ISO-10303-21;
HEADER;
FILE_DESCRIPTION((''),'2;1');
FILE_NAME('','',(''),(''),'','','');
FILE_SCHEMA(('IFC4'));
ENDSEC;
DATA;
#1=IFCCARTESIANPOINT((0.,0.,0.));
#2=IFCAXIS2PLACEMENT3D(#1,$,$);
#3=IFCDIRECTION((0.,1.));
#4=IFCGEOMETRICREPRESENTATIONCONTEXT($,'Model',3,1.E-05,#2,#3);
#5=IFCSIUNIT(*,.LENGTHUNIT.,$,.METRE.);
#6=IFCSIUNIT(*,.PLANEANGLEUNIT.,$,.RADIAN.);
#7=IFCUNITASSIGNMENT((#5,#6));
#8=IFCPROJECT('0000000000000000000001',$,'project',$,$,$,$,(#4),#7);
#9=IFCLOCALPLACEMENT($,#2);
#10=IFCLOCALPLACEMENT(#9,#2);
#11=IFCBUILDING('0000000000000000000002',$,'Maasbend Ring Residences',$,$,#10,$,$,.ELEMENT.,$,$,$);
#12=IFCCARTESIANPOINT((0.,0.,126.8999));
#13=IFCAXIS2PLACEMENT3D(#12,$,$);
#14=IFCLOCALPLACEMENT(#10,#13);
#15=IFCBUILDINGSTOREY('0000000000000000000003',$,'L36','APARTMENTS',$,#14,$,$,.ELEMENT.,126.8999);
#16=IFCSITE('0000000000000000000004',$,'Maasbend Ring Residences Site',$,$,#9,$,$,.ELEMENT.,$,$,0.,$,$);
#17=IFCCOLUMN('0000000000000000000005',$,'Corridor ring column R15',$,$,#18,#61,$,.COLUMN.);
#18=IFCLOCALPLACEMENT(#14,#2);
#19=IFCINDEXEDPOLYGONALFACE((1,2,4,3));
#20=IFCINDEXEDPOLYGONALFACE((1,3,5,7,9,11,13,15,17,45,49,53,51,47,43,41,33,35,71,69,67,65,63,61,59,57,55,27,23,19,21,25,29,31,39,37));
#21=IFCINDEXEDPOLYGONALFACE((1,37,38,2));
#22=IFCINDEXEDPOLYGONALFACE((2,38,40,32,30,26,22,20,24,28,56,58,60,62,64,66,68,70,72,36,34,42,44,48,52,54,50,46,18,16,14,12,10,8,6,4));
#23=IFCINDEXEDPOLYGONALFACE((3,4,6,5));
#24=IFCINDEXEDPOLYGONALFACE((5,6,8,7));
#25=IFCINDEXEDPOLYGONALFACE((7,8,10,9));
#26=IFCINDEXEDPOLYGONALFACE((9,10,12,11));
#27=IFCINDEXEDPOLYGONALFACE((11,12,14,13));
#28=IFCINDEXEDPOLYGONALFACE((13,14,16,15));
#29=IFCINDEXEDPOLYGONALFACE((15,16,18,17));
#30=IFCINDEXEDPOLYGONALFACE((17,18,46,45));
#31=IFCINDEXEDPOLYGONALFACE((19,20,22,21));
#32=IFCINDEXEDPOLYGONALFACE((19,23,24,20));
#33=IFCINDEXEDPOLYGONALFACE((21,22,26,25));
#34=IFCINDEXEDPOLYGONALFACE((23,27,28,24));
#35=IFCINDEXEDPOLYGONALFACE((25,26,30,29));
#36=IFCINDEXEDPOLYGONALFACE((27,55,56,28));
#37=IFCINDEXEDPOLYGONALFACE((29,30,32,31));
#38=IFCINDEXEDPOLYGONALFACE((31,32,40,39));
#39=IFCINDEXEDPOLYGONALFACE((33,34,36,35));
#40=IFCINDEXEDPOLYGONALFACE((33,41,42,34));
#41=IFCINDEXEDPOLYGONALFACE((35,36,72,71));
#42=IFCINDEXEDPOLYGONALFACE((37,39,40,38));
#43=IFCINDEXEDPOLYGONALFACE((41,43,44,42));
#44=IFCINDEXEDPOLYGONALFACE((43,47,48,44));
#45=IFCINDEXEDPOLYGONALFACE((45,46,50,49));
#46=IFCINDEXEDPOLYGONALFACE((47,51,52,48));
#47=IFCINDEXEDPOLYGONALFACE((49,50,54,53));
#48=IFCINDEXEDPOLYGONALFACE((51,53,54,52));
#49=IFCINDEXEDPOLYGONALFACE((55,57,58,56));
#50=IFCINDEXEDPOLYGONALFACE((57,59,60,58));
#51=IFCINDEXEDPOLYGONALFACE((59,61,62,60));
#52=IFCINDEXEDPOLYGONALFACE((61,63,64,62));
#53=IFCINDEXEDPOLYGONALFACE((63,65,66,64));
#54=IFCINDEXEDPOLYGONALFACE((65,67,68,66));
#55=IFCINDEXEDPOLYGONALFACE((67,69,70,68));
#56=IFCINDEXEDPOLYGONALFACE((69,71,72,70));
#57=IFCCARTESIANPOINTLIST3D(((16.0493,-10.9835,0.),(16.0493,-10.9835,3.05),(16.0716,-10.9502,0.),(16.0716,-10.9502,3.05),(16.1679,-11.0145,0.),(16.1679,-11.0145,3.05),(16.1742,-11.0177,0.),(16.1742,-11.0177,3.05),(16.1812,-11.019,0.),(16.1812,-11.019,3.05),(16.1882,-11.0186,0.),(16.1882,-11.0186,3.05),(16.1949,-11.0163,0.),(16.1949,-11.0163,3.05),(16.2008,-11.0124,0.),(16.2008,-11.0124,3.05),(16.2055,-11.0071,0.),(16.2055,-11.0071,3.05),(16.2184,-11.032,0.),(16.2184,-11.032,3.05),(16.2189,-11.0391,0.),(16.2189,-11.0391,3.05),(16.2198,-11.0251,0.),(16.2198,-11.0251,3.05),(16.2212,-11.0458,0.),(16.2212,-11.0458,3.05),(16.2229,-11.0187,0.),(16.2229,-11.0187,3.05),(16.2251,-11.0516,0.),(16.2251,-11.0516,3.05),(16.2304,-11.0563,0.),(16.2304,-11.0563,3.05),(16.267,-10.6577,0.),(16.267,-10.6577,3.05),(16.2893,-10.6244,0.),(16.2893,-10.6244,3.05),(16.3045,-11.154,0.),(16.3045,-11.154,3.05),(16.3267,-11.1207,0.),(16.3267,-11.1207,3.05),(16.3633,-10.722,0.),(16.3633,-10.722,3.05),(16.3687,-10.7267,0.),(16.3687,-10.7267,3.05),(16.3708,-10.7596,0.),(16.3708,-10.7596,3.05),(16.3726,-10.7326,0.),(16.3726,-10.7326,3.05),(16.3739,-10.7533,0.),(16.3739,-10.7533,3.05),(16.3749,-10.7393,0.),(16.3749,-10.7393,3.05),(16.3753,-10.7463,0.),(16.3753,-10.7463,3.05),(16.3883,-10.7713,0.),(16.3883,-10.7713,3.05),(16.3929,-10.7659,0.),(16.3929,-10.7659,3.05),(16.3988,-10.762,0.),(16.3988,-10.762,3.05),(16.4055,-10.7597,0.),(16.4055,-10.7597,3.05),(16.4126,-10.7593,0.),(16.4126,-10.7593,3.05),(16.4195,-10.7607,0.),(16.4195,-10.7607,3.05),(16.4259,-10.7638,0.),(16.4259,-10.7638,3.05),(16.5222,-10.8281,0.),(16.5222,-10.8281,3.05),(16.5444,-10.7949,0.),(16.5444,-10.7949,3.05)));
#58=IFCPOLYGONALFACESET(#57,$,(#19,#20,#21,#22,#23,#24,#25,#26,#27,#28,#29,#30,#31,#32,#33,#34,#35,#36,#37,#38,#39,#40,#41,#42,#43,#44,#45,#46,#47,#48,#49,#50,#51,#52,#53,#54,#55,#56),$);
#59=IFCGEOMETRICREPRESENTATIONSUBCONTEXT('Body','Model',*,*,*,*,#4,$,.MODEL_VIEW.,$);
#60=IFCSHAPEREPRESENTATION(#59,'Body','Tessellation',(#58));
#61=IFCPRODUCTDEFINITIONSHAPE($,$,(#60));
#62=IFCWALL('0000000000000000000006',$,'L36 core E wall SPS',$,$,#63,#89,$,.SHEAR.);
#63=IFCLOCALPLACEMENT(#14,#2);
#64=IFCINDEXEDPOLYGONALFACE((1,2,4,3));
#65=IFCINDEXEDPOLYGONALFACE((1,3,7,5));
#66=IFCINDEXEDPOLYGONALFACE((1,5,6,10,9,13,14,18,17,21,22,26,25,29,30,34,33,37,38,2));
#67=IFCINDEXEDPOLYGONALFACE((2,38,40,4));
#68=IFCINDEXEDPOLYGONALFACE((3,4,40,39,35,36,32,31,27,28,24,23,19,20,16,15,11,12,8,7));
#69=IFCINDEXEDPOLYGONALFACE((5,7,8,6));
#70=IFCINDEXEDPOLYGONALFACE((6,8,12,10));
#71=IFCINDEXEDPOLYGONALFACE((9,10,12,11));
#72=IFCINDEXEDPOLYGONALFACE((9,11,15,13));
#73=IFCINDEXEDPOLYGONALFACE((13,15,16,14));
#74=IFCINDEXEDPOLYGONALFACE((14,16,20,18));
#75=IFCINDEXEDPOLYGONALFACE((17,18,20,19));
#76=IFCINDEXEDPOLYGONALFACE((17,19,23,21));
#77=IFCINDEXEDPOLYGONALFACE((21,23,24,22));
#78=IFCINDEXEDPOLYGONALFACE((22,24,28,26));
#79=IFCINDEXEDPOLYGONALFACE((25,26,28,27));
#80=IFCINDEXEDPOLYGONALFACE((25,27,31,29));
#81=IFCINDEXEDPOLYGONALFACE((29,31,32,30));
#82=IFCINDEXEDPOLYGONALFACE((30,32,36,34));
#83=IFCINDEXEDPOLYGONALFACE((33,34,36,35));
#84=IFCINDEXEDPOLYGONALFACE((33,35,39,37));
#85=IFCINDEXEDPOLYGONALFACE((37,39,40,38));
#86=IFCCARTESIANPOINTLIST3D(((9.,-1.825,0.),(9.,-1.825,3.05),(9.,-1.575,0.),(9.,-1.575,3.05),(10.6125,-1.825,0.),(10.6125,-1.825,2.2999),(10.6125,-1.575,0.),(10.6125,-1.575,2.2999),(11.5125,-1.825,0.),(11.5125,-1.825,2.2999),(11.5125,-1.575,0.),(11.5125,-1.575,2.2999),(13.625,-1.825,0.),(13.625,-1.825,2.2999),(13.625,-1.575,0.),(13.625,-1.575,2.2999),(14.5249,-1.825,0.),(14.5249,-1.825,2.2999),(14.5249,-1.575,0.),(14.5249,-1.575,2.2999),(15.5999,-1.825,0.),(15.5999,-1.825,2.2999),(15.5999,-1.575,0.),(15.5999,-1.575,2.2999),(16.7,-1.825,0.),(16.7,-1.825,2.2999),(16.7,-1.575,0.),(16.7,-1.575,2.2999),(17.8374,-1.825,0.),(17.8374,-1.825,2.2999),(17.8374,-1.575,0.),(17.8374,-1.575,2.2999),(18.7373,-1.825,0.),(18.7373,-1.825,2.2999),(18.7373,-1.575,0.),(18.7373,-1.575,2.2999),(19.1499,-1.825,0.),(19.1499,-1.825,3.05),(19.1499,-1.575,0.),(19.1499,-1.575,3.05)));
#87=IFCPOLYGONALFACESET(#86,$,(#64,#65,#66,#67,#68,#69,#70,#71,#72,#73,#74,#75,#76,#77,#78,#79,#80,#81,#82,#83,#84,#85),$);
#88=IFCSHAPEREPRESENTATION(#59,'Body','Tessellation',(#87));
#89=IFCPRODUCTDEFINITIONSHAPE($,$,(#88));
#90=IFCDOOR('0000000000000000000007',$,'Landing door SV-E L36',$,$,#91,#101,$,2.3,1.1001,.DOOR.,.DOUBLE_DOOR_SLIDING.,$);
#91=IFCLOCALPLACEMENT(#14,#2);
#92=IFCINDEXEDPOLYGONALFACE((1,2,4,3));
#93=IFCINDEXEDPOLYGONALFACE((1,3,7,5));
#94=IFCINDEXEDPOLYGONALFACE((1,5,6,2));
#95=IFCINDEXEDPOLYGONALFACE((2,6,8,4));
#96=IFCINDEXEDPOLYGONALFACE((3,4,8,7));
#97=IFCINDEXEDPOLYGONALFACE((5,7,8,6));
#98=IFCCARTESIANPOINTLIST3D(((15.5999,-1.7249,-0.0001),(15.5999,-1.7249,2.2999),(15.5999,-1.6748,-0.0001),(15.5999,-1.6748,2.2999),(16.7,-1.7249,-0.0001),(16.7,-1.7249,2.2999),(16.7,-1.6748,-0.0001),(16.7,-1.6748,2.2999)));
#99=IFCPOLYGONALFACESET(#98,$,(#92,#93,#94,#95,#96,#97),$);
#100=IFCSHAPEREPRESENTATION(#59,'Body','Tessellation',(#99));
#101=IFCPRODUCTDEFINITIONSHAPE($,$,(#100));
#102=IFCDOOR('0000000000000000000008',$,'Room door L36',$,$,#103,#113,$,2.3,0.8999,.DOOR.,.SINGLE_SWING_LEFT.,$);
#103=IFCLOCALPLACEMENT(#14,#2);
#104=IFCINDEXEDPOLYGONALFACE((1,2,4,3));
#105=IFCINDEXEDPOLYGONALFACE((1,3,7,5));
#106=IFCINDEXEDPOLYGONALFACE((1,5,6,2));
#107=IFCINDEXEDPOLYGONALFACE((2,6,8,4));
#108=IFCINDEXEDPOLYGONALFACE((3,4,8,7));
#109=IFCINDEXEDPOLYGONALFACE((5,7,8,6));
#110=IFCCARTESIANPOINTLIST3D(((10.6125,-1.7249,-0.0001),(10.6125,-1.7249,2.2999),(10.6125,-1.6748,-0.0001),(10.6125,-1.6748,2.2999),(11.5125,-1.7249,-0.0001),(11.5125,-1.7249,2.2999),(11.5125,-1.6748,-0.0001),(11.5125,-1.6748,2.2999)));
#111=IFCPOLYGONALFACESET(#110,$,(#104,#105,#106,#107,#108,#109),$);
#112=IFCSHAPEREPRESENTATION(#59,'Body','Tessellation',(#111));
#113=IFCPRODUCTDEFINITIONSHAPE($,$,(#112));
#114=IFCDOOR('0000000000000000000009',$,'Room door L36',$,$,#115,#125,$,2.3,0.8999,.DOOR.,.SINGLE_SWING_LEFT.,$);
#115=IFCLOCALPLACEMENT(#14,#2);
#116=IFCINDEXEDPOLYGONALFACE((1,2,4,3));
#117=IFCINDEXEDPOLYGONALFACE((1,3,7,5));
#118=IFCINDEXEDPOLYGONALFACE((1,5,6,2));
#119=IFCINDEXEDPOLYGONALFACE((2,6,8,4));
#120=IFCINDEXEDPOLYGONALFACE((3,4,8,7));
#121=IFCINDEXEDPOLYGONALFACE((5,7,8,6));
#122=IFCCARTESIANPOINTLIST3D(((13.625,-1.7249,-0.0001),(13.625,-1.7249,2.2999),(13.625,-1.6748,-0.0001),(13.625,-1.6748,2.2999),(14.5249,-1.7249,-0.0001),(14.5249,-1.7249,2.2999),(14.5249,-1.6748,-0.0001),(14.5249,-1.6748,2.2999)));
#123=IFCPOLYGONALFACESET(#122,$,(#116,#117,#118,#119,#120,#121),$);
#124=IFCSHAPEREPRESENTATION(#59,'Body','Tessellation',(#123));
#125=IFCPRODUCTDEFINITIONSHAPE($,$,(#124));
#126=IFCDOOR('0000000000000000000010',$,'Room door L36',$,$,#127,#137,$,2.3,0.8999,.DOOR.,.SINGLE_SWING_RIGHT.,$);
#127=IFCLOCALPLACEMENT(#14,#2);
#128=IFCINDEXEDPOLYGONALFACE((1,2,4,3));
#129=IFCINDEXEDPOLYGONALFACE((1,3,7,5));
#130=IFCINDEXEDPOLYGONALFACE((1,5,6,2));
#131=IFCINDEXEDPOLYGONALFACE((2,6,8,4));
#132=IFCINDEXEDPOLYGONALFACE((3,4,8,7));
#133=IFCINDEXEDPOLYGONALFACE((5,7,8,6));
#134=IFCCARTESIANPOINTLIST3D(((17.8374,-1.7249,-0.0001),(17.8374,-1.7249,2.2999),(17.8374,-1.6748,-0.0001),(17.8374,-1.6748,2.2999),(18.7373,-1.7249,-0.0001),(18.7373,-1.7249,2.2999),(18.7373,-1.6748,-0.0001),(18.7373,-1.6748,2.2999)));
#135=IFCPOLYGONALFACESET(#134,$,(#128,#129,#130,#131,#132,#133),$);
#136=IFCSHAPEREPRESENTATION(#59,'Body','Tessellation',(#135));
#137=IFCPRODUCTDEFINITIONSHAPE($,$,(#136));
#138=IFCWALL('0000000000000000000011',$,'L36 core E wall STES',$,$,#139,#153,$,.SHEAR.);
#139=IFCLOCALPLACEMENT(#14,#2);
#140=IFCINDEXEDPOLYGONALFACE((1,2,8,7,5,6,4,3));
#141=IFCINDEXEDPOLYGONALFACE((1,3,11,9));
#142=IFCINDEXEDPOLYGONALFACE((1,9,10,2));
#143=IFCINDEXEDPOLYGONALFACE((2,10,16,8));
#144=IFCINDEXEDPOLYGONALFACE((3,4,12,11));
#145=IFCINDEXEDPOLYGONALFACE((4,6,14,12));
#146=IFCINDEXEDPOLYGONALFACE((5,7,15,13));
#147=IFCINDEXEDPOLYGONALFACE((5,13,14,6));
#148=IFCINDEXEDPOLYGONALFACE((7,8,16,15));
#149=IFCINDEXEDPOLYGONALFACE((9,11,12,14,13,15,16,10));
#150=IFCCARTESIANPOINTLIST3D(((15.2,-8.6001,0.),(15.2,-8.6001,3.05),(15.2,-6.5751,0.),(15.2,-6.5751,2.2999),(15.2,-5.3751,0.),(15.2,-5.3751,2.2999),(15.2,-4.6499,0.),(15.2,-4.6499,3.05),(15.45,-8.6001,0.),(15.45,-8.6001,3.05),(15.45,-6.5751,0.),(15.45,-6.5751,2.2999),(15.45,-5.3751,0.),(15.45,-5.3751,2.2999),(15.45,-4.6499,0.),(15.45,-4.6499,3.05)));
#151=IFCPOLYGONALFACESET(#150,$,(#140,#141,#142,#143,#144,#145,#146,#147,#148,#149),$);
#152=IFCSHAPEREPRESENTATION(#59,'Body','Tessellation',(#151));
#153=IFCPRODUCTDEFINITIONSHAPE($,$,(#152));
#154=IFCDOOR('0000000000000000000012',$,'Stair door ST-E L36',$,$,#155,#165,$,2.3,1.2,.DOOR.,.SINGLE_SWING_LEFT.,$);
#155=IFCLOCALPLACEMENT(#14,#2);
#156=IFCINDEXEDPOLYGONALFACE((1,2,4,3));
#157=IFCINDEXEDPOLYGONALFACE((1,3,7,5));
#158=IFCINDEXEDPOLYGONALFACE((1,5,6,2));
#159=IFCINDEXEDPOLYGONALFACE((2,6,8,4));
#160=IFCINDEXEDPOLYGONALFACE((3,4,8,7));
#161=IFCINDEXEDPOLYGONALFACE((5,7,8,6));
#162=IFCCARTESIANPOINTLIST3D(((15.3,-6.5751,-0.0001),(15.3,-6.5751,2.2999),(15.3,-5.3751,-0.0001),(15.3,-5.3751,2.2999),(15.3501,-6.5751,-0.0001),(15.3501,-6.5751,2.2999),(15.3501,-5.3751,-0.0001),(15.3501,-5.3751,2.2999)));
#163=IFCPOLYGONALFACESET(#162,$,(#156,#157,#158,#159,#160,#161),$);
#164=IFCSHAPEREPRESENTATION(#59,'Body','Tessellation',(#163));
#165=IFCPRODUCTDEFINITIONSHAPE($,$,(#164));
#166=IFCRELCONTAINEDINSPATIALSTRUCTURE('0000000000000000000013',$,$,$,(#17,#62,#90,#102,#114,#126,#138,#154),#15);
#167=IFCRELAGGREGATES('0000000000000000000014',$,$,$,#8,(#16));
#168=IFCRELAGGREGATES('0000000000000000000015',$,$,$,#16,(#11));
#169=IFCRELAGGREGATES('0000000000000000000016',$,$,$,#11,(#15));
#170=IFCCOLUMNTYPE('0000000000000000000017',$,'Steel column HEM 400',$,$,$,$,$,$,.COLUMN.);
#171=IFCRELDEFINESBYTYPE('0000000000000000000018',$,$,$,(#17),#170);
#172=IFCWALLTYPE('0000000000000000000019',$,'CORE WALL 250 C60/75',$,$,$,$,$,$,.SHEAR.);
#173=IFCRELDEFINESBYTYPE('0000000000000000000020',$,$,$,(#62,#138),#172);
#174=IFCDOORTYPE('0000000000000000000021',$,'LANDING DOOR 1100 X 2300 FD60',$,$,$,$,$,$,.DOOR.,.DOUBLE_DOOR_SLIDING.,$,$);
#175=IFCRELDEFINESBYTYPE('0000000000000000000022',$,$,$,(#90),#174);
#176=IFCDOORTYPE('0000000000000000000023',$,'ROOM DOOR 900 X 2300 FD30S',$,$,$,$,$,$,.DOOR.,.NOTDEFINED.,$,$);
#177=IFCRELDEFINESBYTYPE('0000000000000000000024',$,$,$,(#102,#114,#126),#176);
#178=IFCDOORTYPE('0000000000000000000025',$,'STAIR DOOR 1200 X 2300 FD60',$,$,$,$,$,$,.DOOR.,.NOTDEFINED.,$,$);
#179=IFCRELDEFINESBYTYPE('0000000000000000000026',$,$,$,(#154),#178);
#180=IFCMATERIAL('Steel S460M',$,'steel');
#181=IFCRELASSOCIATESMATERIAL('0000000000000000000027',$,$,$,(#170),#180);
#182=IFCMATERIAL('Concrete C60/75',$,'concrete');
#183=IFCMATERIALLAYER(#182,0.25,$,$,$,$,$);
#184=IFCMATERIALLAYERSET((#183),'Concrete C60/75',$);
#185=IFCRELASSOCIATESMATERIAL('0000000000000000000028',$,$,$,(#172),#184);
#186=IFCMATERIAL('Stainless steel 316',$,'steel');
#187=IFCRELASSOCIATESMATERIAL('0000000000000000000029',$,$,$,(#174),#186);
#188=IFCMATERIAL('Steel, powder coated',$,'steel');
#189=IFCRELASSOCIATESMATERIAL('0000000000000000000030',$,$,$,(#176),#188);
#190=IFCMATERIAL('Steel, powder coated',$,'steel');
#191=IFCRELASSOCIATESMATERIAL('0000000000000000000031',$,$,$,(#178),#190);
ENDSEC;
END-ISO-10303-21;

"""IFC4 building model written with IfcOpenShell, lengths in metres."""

from ifc_helpers import new_model, si_unit, direction, frame, frame_2d, origin, origin_2d, place, context, subcontext, project, spatial, rectangle, i_section, extrude, material, layer, layer_set, material_profile, profile_set, type_object, element, fill, save


model = new_model("IFC4")

# Units and contexts
model_context = context("Model", 3, precision=1e-05, world=origin(), true_north=direction((0.0, 1.0)))
body_context = subcontext(model_context, "Body", "Model", "MODEL_VIEW")
ifc_project = project(units=[si_unit("LENGTHUNIT", "METRE"), si_unit("PLANEANGLEUNIT", "RADIAN")], contexts=[model_context])

# Site, building, storey
site_placement = place(None, origin())
site = spatial("IfcSite", under=ifc_project, at=site_placement, Name="Maasbend Ring Residences Site", CompositionType="ELEMENT", RefElevation=0.0)
building_placement = place(site_placement, origin())
building = spatial("IfcBuilding", under=site, at=building_placement, Name="Maasbend Ring Residences", CompositionType="ELEMENT")
storey_placement = place(building_placement, frame((0.0, 0.0, 126.8999)))
storey = spatial("IfcBuildingStorey", under=building, at=storey_placement, Name="L36", Description="APARTMENTS", CompositionType="ELEMENT", Elevation=126.8999)

# Column
ifc_material_1 = material(Name="Steel S460M", Category="steel")
ifc_material_profile = material_profile(ifc_material_1, i_section(OverallWidth=0.3069, OverallDepth=0.4319, WebThickness=0.021, FlangeThickness=0.04, FilletRadius=0.0271, at=origin_2d()), Name="HEM 400")
ifc_profile_set = profile_set([ifc_material_profile], Name="Steel S460M")
column_type = type_object("IfcColumnType", Name="Steel column HEM 400", PredefinedType="COLUMN", material=ifc_profile_set)
column_placement = place(storey_placement, frame((16.2969, -10.8892, 0.0), z_axis=(0.0, 0.0, 1.0), x_axis=(0.83147, -0.55557, 0.0)))
element("IfcColumn", 1, at=column_placement, inside=storey, type_object=column_type, Name="Corridor ring column R15", PredefinedType="COLUMN", context=body_context, shape_type="SweptSolid", body=[
    extrude(i_section(OverallWidth=0.3069, OverallDepth=0.4319, WebThickness=0.021, FlangeThickness=0.04, FilletRadius=0.0271, at=origin_2d()), origin(), (0.0, 0.0, 1.0), 3.05),
])

# Wall, openings, doors
ifc_material_2 = material(Name="Concrete C60/75", Category="concrete")
ifc_layer_1 = layer(ifc_material_2, 0.25)
ifc_layer_set_1 = layer_set([ifc_layer_1], Name="Concrete C60/75")
wall_type_1 = type_object("IfcWallType", Name="CORE WALL 250 C60/75", PredefinedType="SHEAR", material=ifc_layer_set_1)
wall_1_placement = place(storey_placement, frame((19.1499, -1.7, 0.0), z_axis=(0.0, 0.0, 1.0), x_axis=(-1.0, 0.0, 0.0)))
wall_1 = element("IfcWall", 2, at=wall_1_placement, inside=storey, type_object=wall_type_1, Name="L36 core E wall SPS", PredefinedType="SHEAR", context=body_context, shape_type="SweptSolid", body=[
    extrude(rectangle(XDim=10.1499, YDim=0.25, at=frame_2d((5.075, 0.0))), origin(), (0.0, 0.0, 1.0), 3.05),
])
opening_1_placement = place(wall_1_placement, frame((2.45, 0.0, 0.0)))
opening_1 = element("IfcOpeningElement", 3, at=opening_1_placement, cuts=wall_1, PredefinedType="OPENING", context=body_context, shape_type="SweptSolid", body=[
    extrude(rectangle(XDim=1.1001, YDim=2.3, at=frame_2d((0.55, 1.1499))), frame((0.0, 0.135, 0.0), z_axis=(0.0, -1.0, 0.0), x_axis=(1.0, 0.0, 0.0)), (0.0, 0.0, 1.0), 0.27),
])
opening_2_placement = place(wall_1_placement, frame((7.6375, 0.0, 0.0)))
opening_2 = element("IfcOpeningElement", 4, at=opening_2_placement, cuts=wall_1, PredefinedType="OPENING", context=body_context, shape_type="SweptSolid", body=[
    extrude(rectangle(XDim=0.8999, YDim=2.3, at=frame_2d((0.45, 1.1499))), frame((0.0, 0.135, 0.0), z_axis=(0.0, -1.0, 0.0), x_axis=(1.0, 0.0, 0.0)), (0.0, 0.0, 1.0), 0.27),
])
opening_3_placement = place(wall_1_placement, frame((4.625, 0.0, 0.0)))
opening_3 = element("IfcOpeningElement", 5, at=opening_3_placement, cuts=wall_1, PredefinedType="OPENING", context=body_context, shape_type="SweptSolid", body=[
    extrude(rectangle(XDim=0.8999, YDim=2.3, at=frame_2d((0.45, 1.1499))), frame((0.0, 0.135, 0.0), z_axis=(0.0, -1.0, 0.0), x_axis=(1.0, 0.0, 0.0)), (0.0, 0.0, 1.0), 0.27),
])
opening_4_placement = place(wall_1_placement, frame((0.4126, 0.0, 0.0)))
opening_4 = element("IfcOpeningElement", 6, at=opening_4_placement, cuts=wall_1, PredefinedType="OPENING", context=body_context, shape_type="SweptSolid", body=[
    extrude(rectangle(XDim=0.8999, YDim=2.3, at=frame_2d((0.45, 1.1499))), frame((0.0, 0.135, 0.0), z_axis=(0.0, -1.0, 0.0), x_axis=(1.0, 0.0, 0.0)), (0.0, 0.0, 1.0), 0.27),
])
ifc_material_3 = material(Name="Stainless steel 316", Category="steel")
door_type_1 = type_object("IfcDoorType", Name="LANDING DOOR 1100 X 2300 FD60", OperationType="DOUBLE_DOOR_SLIDING", PredefinedType="DOOR", material=ifc_material_3)
door_1_placement = place(opening_1_placement, origin())
door_1 = element("IfcDoor", 7, at=door_1_placement, inside=storey, type_object=door_type_1, Name="Landing door SV-E L36", OperationType="DOUBLE_DOOR_SLIDING", OverallHeight=2.3, OverallWidth=1.1001, PredefinedType="DOOR", context=body_context, shape_type="SweptSolid", body=[
    extrude(rectangle(XDim=1.1001, YDim=2.3, at=frame_2d((0.55, 1.1499))), frame((0.0, 0.0249, 0.0), z_axis=(0.0, -1.0, 0.0), x_axis=(1.0, 0.0, 0.0)), (0.0, 0.0, 1.0), 0.05),
])
fill(opening_1, door_1)
ifc_material_4 = material(Name="Steel, powder coated", Category="steel")
door_type_2 = type_object("IfcDoorType", Name="ROOM DOOR 900 X 2300 FD30S", OperationType="NOTDEFINED", PredefinedType="DOOR", material=ifc_material_4)
door_2_placement = place(opening_2_placement, origin())
door_2 = element("IfcDoor", 8, at=door_2_placement, inside=storey, type_object=door_type_2, Name="Room door L36", OperationType="SINGLE_SWING_LEFT", OverallHeight=2.3, OverallWidth=0.8999, PredefinedType="DOOR", context=body_context, shape_type="SweptSolid", body=[
    extrude(rectangle(XDim=0.8999, YDim=2.3, at=frame_2d((0.45, 1.1499))), frame((0.0, 0.0249, 0.0), z_axis=(0.0, -1.0, 0.0), x_axis=(1.0, 0.0, 0.0)), (0.0, 0.0, 1.0), 0.05),
])
fill(opening_2, door_2)
door_3_placement = place(opening_3_placement, origin())
door_3 = element("IfcDoor", 9, at=door_3_placement, inside=storey, type_object=door_type_2, Name="Room door L36", OperationType="SINGLE_SWING_LEFT", OverallHeight=2.3, OverallWidth=0.8999, PredefinedType="DOOR", context=body_context, shape_type="SweptSolid", body=[
    extrude(rectangle(XDim=0.8999, YDim=2.3, at=frame_2d((0.45, 1.1499))), frame((0.0, 0.0249, 0.0), z_axis=(0.0, -1.0, 0.0), x_axis=(1.0, 0.0, 0.0)), (0.0, 0.0, 1.0), 0.05),
])
fill(opening_3, door_3)
door_4_placement = place(opening_4_placement, origin())
door_4 = element("IfcDoor", 10, at=door_4_placement, inside=storey, type_object=door_type_2, Name="Room door L36", OperationType="SINGLE_SWING_RIGHT", OverallHeight=2.3, OverallWidth=0.8999, PredefinedType="DOOR", context=body_context, shape_type="SweptSolid", body=[
    extrude(rectangle(XDim=0.8999, YDim=2.3, at=frame_2d((0.45, 1.1499))), frame((0.0, 0.0249, 0.0), z_axis=(0.0, -1.0, 0.0), x_axis=(1.0, 0.0, 0.0)), (0.0, 0.0, 1.0), 0.05),
])
fill(opening_4, door_4)

# Wall, opening, door
wall_2_placement = place(storey_placement, frame((15.325, -8.6001, 0.0), z_axis=(0.0, 0.0, 1.0), x_axis=(0.0, 1.0, 0.0)))
wall_2 = element("IfcWall", 11, at=wall_2_placement, inside=storey, type_object=wall_type_1, Name="L36 core E wall STES", PredefinedType="SHEAR", context=body_context, shape_type="SweptSolid", body=[
    extrude(rectangle(XDim=3.9502, YDim=0.25, at=frame_2d((1.9751, 0.0))), origin(), (0.0, 0.0, 1.0), 3.05),
])
opening_5_placement = place(wall_2_placement, frame((2.0249, 0.0, 0.0)))
opening_5 = element("IfcOpeningElement", 12, at=opening_5_placement, cuts=wall_2, PredefinedType="OPENING", context=body_context, shape_type="SweptSolid", body=[
    extrude(rectangle(XDim=1.2, YDim=2.3, at=frame_2d((0.6001, 1.1499))), frame((0.0, 0.135, 0.0), z_axis=(0.0, -1.0, 0.0), x_axis=(1.0, 0.0, 0.0)), (0.0, 0.0, 1.0), 0.27),
])
ifc_material_5 = material(Name="Steel, powder coated", Category="steel")
door_type_3 = type_object("IfcDoorType", Name="STAIR DOOR 1200 X 2300 FD60", OperationType="NOTDEFINED", PredefinedType="DOOR", material=ifc_material_5)
door_5_placement = place(opening_5_placement, origin())
door_5 = element("IfcDoor", 13, at=door_5_placement, inside=storey, type_object=door_type_3, Name="Stair door ST-E L36", OperationType="SINGLE_SWING_LEFT", OverallHeight=2.3, OverallWidth=1.2, PredefinedType="DOOR", context=body_context, shape_type="SweptSolid", body=[
    extrude(rectangle(XDim=1.2, YDim=2.3, at=frame_2d((0.6001, 1.1499))), frame((0.0, 0.0249, 0.0), z_axis=(0.0, -1.0, 0.0), x_axis=(1.0, 0.0, 0.0)), (0.0, 0.0, 1.0), 0.05),
])
fill(opening_5, door_5)

save(model, "model.ifc")
